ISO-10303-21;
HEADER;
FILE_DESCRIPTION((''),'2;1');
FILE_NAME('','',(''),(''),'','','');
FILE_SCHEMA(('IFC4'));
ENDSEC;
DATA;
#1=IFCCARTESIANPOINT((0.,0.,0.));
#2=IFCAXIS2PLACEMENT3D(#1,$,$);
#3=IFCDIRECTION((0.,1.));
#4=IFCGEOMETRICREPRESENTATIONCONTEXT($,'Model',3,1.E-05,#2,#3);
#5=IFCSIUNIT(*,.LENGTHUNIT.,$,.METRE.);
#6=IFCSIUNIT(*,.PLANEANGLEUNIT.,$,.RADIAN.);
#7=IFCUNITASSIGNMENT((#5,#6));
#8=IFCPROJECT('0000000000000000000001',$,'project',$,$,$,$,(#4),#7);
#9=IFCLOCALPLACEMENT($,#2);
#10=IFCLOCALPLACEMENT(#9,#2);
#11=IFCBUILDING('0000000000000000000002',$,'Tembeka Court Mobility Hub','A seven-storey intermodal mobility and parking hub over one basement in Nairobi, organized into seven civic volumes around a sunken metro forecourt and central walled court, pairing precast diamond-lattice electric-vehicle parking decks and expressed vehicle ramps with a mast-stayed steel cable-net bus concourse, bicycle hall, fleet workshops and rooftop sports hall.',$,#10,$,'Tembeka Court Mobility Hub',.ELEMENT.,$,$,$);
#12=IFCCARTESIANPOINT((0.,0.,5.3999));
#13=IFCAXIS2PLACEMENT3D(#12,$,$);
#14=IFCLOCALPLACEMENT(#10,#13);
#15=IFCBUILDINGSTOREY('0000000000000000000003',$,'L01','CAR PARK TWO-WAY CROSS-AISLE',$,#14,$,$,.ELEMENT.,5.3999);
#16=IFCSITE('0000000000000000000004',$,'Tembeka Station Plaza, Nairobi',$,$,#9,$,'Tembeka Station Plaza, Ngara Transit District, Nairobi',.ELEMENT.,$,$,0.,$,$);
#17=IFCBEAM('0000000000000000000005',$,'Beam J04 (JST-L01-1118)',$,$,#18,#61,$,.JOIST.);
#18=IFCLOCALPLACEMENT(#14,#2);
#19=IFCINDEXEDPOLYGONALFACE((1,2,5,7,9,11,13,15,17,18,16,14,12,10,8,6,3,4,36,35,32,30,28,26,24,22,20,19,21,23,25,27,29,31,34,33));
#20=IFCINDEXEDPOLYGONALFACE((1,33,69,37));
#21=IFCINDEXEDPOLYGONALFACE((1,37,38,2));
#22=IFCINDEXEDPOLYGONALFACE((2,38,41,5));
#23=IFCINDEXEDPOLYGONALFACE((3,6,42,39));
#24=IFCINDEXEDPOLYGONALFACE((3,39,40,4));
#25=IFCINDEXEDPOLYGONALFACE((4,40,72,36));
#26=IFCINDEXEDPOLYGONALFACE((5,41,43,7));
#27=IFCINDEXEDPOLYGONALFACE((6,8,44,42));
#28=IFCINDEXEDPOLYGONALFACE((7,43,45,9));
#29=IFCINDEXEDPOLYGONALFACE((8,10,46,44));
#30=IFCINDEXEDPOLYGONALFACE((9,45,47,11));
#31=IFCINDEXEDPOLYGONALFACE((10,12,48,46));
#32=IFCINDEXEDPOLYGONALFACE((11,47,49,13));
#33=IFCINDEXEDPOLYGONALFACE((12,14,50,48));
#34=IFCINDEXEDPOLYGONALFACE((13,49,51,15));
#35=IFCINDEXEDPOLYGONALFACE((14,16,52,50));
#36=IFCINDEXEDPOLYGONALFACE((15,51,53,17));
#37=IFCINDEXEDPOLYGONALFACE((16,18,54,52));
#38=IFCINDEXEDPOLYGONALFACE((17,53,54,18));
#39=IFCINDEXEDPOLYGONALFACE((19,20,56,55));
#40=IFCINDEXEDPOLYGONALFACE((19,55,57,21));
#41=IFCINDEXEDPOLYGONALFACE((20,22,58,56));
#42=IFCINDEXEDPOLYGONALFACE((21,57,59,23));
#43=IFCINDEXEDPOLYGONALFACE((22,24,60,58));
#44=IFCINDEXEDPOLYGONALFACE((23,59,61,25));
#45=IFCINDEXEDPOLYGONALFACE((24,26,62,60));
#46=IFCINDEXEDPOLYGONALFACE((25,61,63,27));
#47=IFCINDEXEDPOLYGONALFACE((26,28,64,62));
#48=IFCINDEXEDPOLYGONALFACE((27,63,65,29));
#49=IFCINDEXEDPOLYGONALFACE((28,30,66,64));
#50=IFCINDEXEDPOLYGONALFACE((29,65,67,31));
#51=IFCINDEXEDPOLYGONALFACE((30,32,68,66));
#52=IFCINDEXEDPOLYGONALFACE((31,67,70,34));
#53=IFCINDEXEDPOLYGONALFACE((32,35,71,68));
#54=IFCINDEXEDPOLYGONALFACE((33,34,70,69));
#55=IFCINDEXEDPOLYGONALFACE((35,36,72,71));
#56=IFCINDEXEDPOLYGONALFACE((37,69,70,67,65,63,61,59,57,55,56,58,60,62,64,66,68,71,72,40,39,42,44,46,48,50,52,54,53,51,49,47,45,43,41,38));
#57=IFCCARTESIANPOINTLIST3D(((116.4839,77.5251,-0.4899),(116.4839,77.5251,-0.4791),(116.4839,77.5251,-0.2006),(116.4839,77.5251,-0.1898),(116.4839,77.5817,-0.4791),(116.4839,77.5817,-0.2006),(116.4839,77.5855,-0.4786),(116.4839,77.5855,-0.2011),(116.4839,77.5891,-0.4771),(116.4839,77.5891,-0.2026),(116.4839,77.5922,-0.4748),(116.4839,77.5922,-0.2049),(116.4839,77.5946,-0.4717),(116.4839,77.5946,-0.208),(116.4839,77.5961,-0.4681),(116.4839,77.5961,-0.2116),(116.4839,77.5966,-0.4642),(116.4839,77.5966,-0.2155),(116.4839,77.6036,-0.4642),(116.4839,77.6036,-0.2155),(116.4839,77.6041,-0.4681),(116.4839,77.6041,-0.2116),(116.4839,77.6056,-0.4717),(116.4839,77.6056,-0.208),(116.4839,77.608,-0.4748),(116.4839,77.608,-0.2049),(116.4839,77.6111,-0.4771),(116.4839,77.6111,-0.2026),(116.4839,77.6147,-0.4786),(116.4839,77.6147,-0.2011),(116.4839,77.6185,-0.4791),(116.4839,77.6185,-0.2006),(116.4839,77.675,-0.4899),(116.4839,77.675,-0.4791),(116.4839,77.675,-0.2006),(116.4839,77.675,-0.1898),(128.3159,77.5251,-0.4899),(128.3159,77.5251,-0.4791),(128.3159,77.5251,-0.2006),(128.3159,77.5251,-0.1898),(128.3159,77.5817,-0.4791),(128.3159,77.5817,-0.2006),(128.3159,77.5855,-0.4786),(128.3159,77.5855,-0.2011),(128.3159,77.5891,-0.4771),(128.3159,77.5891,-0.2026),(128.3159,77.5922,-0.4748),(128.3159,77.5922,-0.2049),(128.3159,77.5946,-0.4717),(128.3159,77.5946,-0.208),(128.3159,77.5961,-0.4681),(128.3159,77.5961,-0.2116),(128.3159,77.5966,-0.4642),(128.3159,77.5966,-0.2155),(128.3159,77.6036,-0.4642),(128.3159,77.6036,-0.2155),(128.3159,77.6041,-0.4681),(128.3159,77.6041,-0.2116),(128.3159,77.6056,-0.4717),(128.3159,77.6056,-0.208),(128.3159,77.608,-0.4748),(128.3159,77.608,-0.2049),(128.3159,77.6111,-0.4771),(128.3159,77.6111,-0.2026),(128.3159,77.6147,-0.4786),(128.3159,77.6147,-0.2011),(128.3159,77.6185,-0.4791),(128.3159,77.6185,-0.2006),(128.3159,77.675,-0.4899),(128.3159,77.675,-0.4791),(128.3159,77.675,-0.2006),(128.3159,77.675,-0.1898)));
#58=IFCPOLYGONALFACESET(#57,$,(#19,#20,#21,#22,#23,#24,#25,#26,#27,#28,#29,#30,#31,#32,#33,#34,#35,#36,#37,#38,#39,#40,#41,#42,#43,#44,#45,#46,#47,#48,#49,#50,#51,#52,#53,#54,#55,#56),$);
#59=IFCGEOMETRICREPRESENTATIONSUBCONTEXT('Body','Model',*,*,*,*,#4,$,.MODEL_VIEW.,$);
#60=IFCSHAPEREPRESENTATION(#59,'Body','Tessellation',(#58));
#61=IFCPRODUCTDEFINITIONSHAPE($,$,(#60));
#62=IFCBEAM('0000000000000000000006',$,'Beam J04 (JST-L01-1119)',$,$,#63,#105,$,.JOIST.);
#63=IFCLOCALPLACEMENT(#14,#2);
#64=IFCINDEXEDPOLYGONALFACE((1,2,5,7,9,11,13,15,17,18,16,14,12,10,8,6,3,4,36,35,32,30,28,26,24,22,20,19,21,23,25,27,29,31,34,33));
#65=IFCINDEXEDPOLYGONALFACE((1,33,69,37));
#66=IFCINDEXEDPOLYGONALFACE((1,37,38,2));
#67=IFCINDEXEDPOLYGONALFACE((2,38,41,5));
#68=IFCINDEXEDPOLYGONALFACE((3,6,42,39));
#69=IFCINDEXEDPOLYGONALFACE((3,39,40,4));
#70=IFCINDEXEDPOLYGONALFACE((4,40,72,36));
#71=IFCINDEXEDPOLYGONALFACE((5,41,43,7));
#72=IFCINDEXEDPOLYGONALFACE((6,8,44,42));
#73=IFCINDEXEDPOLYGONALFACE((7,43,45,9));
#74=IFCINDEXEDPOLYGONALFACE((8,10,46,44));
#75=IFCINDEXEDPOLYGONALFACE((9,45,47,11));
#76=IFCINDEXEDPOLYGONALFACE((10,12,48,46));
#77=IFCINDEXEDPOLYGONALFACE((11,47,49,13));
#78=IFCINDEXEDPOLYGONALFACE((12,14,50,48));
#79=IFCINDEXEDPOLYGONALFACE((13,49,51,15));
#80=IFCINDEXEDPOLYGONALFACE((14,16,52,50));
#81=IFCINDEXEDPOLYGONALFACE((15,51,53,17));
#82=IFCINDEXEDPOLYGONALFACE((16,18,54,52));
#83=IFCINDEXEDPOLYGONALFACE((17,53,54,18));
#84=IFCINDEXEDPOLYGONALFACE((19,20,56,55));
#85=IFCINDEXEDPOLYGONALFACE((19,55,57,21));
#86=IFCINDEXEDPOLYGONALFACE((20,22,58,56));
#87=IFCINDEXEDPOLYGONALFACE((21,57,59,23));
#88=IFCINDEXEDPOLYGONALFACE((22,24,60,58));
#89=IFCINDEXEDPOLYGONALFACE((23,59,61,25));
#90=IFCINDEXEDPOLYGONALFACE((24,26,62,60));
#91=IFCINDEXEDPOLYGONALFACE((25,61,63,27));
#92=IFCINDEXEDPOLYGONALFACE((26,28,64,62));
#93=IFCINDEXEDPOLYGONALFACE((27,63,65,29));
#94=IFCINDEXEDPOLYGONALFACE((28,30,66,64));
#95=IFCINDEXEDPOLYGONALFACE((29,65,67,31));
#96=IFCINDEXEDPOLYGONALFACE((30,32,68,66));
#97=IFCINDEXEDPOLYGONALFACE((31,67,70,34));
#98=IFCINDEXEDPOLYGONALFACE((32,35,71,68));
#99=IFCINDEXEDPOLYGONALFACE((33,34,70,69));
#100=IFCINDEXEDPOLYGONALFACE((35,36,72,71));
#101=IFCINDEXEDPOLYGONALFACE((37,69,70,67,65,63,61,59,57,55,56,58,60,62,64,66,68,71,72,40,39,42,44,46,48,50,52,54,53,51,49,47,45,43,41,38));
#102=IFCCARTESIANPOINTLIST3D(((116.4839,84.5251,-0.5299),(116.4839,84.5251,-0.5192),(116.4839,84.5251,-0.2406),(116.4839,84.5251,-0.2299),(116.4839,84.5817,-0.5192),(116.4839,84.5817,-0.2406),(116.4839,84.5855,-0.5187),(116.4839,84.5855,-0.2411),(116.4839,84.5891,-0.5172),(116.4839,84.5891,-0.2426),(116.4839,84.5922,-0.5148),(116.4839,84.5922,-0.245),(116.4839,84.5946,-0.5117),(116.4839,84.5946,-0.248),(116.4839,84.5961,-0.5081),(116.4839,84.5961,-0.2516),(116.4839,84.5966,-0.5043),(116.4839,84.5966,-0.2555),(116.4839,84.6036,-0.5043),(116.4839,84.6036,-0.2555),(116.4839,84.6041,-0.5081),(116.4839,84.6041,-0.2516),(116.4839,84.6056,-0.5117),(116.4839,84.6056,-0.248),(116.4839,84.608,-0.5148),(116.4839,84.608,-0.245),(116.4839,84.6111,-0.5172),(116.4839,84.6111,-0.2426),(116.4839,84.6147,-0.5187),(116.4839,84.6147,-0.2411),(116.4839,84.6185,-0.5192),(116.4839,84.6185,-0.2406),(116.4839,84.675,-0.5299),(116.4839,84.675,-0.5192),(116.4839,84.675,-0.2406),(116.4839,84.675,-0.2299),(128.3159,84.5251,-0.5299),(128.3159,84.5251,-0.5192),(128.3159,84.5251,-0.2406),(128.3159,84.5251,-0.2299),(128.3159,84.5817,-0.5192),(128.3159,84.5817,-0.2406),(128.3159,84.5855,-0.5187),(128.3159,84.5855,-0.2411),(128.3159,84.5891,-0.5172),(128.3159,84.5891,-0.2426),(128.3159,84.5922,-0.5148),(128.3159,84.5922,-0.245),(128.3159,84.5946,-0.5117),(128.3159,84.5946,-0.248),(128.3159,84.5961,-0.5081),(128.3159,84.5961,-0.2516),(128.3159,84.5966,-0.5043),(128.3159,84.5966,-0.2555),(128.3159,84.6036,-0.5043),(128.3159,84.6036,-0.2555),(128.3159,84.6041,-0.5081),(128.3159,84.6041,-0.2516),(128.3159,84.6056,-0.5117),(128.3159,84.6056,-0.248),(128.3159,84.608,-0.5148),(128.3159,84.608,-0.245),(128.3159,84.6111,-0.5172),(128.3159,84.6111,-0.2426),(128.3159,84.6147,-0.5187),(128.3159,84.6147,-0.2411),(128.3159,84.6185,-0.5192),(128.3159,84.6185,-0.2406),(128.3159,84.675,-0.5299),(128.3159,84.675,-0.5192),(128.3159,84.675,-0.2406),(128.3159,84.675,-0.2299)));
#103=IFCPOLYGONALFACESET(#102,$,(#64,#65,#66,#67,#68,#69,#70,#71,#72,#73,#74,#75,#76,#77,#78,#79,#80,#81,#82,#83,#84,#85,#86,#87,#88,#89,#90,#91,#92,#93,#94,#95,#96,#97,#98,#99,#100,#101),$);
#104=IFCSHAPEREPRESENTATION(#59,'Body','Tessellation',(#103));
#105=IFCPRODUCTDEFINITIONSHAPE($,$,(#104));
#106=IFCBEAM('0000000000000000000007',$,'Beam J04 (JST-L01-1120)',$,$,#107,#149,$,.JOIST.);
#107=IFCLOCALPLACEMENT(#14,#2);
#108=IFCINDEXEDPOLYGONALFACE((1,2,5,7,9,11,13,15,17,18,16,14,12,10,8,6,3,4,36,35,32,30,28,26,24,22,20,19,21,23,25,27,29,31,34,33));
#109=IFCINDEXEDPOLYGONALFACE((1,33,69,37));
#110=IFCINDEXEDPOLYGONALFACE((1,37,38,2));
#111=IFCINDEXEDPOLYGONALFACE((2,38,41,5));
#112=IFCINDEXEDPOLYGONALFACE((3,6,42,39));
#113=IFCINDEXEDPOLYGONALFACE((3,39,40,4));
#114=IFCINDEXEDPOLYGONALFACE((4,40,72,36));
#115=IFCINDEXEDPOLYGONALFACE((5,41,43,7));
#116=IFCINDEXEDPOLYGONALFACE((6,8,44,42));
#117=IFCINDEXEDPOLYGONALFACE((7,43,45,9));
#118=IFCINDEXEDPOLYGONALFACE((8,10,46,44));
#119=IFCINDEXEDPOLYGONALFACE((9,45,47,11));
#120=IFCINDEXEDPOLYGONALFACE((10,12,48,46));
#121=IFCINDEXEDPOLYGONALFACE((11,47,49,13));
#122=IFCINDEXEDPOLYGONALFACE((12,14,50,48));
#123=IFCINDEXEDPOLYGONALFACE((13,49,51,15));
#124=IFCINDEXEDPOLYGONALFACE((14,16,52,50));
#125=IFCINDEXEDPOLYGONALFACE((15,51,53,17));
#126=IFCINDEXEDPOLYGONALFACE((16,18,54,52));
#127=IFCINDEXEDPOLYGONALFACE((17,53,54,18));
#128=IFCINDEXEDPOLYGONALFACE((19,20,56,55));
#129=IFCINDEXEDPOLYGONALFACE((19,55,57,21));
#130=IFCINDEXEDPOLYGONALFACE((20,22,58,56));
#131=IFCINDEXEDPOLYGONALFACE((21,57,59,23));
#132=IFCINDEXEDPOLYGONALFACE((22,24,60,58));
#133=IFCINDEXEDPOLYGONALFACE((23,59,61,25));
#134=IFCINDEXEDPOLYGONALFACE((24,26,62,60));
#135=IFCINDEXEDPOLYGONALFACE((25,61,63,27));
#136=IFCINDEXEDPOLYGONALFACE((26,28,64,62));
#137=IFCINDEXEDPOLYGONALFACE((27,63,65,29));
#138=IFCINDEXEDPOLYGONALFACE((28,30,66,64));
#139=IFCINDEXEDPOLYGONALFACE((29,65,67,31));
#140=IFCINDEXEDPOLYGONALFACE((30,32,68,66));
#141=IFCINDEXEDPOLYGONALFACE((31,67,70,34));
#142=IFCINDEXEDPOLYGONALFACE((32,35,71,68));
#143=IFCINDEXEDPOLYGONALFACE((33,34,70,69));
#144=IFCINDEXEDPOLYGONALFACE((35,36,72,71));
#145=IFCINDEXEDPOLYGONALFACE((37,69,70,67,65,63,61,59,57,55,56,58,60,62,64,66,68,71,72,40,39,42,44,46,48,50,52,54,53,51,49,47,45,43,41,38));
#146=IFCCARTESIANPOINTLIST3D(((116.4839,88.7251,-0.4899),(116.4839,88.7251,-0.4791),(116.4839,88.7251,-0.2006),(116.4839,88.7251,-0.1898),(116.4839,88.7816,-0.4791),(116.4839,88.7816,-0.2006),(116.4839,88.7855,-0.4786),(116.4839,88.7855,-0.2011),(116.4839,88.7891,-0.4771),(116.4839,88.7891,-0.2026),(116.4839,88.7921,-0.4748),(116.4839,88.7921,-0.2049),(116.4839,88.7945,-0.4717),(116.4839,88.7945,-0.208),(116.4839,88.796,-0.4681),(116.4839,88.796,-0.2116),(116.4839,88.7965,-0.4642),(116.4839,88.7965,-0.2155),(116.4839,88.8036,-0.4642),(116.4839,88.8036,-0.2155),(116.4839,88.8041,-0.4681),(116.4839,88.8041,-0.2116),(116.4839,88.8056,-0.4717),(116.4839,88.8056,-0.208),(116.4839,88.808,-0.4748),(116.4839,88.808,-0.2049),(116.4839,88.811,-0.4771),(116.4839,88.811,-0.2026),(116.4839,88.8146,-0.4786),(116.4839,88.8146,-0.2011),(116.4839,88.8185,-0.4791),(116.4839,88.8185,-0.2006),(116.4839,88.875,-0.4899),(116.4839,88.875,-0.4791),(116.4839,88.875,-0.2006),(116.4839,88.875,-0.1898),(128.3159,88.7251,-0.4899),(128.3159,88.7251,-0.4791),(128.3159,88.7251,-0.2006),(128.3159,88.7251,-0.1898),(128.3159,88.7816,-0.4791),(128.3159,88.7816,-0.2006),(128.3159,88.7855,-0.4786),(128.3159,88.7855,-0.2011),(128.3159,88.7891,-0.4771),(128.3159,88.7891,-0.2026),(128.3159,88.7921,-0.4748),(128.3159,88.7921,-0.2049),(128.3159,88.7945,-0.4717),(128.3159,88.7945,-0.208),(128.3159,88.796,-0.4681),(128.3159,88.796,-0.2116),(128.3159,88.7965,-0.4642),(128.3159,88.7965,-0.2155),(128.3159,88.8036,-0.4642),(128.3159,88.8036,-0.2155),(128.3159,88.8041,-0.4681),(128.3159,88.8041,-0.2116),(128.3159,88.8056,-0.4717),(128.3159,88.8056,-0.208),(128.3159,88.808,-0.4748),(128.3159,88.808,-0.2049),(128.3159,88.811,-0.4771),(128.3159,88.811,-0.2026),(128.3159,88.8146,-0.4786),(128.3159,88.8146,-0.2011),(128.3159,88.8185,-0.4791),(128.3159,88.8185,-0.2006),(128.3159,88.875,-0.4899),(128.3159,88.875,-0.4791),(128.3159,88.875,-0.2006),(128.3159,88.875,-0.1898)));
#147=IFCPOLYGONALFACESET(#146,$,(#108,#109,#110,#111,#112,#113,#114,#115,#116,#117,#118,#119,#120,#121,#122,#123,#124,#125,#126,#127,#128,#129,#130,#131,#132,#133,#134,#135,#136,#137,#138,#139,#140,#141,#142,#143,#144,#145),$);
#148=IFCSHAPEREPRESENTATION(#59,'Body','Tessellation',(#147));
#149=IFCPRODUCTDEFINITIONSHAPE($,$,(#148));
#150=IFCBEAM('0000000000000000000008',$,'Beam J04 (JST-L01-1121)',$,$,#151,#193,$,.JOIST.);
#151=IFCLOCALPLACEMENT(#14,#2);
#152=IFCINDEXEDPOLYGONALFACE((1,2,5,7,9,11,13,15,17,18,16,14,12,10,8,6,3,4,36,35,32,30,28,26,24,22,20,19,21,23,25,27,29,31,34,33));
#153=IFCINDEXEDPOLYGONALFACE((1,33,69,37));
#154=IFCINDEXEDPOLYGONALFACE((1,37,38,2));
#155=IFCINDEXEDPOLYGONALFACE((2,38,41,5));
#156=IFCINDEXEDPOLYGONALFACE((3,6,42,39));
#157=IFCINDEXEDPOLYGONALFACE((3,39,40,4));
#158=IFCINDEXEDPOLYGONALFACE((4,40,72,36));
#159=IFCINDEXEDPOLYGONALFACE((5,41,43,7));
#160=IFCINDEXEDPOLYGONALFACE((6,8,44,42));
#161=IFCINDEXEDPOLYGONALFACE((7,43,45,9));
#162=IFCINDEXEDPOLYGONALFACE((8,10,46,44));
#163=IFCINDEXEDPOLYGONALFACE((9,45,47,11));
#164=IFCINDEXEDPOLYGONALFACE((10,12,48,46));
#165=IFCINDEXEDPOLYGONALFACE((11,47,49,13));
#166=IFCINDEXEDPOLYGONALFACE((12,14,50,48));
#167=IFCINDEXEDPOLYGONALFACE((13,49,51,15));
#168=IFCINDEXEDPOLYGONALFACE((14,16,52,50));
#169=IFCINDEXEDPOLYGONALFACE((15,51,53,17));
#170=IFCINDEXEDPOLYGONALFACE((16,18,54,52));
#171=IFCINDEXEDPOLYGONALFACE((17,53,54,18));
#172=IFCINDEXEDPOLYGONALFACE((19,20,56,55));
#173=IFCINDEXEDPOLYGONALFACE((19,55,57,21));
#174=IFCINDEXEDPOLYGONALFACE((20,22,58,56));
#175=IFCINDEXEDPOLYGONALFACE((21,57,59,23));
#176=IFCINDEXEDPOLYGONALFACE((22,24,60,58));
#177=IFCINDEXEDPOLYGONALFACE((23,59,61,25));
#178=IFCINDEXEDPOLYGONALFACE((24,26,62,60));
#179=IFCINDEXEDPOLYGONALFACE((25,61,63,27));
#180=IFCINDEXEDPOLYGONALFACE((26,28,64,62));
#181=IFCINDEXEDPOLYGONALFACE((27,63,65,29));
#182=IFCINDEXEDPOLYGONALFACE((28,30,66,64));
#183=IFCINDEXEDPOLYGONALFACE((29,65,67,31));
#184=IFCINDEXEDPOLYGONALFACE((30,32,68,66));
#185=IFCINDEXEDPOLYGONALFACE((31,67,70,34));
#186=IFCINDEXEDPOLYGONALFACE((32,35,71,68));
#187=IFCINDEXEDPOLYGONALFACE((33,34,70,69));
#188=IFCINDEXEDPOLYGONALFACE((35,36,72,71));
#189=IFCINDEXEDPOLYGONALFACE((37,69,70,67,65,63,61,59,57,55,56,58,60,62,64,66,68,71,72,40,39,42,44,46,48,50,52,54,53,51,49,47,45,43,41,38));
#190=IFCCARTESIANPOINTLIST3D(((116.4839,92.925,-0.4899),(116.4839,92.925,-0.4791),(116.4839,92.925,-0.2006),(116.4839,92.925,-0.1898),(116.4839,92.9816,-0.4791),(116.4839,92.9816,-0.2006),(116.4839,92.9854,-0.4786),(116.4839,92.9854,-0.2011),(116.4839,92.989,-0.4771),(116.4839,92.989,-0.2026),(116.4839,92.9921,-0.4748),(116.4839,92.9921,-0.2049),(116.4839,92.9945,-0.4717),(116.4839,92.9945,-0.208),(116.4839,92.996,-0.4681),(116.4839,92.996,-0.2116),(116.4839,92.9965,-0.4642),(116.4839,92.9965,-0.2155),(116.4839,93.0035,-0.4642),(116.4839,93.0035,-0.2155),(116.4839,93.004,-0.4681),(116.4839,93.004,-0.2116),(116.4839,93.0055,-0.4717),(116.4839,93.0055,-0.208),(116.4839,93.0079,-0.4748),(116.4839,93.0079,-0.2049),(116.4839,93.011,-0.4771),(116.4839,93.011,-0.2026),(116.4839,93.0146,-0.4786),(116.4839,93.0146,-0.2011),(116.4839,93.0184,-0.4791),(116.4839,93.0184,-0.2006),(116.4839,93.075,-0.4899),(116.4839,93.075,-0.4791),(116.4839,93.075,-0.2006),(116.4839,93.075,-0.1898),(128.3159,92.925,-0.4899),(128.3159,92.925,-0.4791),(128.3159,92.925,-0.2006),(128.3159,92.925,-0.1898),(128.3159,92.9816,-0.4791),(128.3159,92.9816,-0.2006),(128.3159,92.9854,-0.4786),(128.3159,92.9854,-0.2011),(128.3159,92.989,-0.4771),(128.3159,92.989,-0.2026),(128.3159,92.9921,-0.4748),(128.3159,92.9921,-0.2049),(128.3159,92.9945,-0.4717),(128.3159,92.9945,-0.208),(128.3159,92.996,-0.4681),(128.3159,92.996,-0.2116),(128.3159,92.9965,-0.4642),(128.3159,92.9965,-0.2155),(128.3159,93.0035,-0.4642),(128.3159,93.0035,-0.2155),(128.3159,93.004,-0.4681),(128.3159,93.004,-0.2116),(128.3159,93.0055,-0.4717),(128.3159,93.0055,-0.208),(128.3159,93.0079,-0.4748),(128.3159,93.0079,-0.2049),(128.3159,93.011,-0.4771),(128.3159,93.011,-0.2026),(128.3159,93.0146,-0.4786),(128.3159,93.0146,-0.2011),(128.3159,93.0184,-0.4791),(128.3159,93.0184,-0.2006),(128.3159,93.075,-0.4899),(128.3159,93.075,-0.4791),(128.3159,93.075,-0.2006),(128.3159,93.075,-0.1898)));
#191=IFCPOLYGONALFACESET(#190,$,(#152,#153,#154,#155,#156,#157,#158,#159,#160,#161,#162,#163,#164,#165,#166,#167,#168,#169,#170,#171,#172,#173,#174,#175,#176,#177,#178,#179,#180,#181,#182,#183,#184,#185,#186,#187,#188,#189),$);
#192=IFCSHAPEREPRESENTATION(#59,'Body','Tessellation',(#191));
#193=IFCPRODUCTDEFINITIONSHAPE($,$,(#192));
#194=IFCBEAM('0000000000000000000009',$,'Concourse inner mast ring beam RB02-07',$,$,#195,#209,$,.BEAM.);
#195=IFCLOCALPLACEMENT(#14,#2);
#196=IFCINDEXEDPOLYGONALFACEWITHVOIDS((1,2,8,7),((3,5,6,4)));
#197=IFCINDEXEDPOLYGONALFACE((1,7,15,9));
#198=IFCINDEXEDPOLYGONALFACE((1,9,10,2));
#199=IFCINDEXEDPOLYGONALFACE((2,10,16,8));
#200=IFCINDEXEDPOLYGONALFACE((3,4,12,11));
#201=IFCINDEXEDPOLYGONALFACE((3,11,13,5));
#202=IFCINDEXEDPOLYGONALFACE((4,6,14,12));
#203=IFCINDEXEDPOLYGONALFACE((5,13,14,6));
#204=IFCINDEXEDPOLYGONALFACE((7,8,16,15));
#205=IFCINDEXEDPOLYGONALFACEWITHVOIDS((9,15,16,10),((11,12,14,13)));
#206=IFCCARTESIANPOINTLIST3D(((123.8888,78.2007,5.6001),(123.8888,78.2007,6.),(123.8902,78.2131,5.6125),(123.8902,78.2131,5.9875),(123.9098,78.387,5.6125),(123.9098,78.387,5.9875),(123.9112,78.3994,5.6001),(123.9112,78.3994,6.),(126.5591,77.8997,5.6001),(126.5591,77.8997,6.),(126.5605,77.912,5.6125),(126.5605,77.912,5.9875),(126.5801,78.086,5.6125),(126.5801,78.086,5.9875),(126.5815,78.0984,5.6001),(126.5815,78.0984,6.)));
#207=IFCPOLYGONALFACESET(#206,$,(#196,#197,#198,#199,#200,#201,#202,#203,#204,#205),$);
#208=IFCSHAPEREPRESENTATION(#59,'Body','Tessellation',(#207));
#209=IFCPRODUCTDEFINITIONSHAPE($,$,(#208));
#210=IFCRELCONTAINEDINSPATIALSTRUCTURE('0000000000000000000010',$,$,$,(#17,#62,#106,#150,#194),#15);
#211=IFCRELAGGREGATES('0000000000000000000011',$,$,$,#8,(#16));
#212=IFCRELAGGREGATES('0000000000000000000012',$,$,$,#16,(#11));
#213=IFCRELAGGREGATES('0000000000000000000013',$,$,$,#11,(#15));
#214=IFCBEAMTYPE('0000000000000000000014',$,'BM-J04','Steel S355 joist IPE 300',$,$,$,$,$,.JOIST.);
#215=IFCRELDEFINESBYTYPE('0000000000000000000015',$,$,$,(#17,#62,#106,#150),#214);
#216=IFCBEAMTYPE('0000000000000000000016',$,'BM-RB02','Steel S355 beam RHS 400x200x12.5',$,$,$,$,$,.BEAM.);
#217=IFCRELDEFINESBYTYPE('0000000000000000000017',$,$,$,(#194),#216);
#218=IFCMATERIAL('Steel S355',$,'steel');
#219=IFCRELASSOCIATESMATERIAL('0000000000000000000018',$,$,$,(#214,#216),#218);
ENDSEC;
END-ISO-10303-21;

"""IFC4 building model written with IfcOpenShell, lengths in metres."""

from ifc_helpers import new_model, si_unit, direction, frame, origin, origin_2d, place, context, subcontext, project, spatial, hollow_rectangle, i_section, extrude, material, material_profile, profile_set, type_object, element, save


model = new_model("IFC4")

# Units and contexts
model_context = context("Model", 3, precision=1e-05, world=origin(), true_north=direction((0.0, 1.0)))
body_context = subcontext(model_context, "Body", "Model", "MODEL_VIEW")
ifc_project = project(units=[si_unit("LENGTHUNIT", "METRE"), si_unit("PLANEANGLEUNIT", "RADIAN")], contexts=[model_context])

# Site, building, storey
site_placement = place(None, origin())
site = spatial("IfcSite", under=ifc_project, at=site_placement, Name="Tembeka Station Plaza, Nairobi", LongName="Tembeka Station Plaza, Ngara Transit District, Nairobi", CompositionType="ELEMENT", RefElevation=0.0)
building_placement = place(site_placement, origin())
building = spatial("IfcBuilding", under=site, at=building_placement, Name="Tembeka Court Mobility Hub", Description="A seven-storey intermodal mobility and parking hub over one basement in Nairobi, organized into seven civic volumes around a sunken metro forecourt and central walled court, pairing precast diamond-lattice electric-vehicle parking decks and expressed vehicle ramps with a mast-stayed steel cable-net bus concourse, bicycle hall, fleet workshops and rooftop sports hall.", LongName="Tembeka Court Mobility Hub", CompositionType="ELEMENT")
storey_placement = place(building_placement, frame((0.0, 0.0, 5.3999)))
storey = spatial("IfcBuildingStorey", under=building, at=storey_placement, Name="L01", Description="CAR PARK TWO-WAY CROSS-AISLE", CompositionType="ELEMENT", Elevation=5.3999)

# Shared definitions
ifc_material_1 = material(Name="Steel S355", Category="steel")

# Beams
ifc_material_profile_1 = material_profile(ifc_material_1, i_section(OverallWidth=0.1499, OverallDepth=0.3, WebThickness=0.0071, FlangeThickness=0.0107, FilletRadius=0.0149, at=origin_2d()), Name="IPE 300")
ifc_profile_set_1 = profile_set([ifc_material_profile_1], Name="Steel S355")
beam_type_1 = type_object("IfcBeamType", Name="BM-J04", Description="Steel S355 joist IPE 300", PredefinedType="JOIST", material=ifc_profile_set_1)
for number, where, z_axis, x_axis, name in (
    (1, (116.4839, 77.6001, -0.3398), (1.0, 0.0, 0.0), (0.0, 1.0, 0.0), "Beam J04 (JST-L01-1118)"),
    (2, (116.4839, 84.6001, -0.3799), (1.0, 0.0, 0.0), (0.0, 1.0, 0.0), "Beam J04 (JST-L01-1119)"),
    (3, (116.4839, 88.8, -0.3398), (1.0, 0.0, 0.0), (0.0, 1.0, 0.0), "Beam J04 (JST-L01-1120)"),
    (4, (116.4839, 93.0, -0.3398), (1.0, 0.0, 0.0), (0.0, 1.0, 0.0), "Beam J04 (JST-L01-1121)"),
):
    element("IfcBeam", number, at=place(storey_placement, frame(where, z_axis=z_axis, x_axis=x_axis)), inside=storey, type_object=beam_type_1, Name=name, PredefinedType="JOIST", context=body_context, shape_type="SweptSolid", body=[
        extrude(i_section(OverallWidth=0.1499, OverallDepth=0.3, WebThickness=0.0071, FlangeThickness=0.0107, FilletRadius=0.0149, at=origin_2d()), origin(), (0.0, 0.0, 1.0), 11.832),
    ])
ifc_material_profile_2 = material_profile(ifc_material_1, hollow_rectangle(XDim=0.2, YDim=0.3999, WallThickness=0.0125, at=origin_2d()), Name="RHS 400x200x12.5")
ifc_profile_set_2 = profile_set([ifc_material_profile_2], Name="Steel S355")
beam_type_2 = type_object("IfcBeamType", Name="BM-RB02", Description="Steel S355 beam RHS 400x200x12.5", PredefinedType="BEAM", material=ifc_profile_set_2)
beam_1_placement = place(storey_placement, frame((126.5703, 77.999, 5.8), z_axis=(-0.993706, 0.112017, 0.0), x_axis=(-0.112017, -0.993706, 0.0)))
element("IfcBeam", 5, at=beam_1_placement, inside=storey, type_object=beam_type_2, Name="Concourse inner mast ring beam RB02-07", PredefinedType="BEAM", context=body_context, shape_type="SweptSolid", body=[
    extrude(hollow_rectangle(XDim=0.2, YDim=0.3999, WallThickness=0.0125, at=origin_2d()), origin(), (0.0, 0.0, 1.0), 2.6873),
])

save(model, "model.ifc")
